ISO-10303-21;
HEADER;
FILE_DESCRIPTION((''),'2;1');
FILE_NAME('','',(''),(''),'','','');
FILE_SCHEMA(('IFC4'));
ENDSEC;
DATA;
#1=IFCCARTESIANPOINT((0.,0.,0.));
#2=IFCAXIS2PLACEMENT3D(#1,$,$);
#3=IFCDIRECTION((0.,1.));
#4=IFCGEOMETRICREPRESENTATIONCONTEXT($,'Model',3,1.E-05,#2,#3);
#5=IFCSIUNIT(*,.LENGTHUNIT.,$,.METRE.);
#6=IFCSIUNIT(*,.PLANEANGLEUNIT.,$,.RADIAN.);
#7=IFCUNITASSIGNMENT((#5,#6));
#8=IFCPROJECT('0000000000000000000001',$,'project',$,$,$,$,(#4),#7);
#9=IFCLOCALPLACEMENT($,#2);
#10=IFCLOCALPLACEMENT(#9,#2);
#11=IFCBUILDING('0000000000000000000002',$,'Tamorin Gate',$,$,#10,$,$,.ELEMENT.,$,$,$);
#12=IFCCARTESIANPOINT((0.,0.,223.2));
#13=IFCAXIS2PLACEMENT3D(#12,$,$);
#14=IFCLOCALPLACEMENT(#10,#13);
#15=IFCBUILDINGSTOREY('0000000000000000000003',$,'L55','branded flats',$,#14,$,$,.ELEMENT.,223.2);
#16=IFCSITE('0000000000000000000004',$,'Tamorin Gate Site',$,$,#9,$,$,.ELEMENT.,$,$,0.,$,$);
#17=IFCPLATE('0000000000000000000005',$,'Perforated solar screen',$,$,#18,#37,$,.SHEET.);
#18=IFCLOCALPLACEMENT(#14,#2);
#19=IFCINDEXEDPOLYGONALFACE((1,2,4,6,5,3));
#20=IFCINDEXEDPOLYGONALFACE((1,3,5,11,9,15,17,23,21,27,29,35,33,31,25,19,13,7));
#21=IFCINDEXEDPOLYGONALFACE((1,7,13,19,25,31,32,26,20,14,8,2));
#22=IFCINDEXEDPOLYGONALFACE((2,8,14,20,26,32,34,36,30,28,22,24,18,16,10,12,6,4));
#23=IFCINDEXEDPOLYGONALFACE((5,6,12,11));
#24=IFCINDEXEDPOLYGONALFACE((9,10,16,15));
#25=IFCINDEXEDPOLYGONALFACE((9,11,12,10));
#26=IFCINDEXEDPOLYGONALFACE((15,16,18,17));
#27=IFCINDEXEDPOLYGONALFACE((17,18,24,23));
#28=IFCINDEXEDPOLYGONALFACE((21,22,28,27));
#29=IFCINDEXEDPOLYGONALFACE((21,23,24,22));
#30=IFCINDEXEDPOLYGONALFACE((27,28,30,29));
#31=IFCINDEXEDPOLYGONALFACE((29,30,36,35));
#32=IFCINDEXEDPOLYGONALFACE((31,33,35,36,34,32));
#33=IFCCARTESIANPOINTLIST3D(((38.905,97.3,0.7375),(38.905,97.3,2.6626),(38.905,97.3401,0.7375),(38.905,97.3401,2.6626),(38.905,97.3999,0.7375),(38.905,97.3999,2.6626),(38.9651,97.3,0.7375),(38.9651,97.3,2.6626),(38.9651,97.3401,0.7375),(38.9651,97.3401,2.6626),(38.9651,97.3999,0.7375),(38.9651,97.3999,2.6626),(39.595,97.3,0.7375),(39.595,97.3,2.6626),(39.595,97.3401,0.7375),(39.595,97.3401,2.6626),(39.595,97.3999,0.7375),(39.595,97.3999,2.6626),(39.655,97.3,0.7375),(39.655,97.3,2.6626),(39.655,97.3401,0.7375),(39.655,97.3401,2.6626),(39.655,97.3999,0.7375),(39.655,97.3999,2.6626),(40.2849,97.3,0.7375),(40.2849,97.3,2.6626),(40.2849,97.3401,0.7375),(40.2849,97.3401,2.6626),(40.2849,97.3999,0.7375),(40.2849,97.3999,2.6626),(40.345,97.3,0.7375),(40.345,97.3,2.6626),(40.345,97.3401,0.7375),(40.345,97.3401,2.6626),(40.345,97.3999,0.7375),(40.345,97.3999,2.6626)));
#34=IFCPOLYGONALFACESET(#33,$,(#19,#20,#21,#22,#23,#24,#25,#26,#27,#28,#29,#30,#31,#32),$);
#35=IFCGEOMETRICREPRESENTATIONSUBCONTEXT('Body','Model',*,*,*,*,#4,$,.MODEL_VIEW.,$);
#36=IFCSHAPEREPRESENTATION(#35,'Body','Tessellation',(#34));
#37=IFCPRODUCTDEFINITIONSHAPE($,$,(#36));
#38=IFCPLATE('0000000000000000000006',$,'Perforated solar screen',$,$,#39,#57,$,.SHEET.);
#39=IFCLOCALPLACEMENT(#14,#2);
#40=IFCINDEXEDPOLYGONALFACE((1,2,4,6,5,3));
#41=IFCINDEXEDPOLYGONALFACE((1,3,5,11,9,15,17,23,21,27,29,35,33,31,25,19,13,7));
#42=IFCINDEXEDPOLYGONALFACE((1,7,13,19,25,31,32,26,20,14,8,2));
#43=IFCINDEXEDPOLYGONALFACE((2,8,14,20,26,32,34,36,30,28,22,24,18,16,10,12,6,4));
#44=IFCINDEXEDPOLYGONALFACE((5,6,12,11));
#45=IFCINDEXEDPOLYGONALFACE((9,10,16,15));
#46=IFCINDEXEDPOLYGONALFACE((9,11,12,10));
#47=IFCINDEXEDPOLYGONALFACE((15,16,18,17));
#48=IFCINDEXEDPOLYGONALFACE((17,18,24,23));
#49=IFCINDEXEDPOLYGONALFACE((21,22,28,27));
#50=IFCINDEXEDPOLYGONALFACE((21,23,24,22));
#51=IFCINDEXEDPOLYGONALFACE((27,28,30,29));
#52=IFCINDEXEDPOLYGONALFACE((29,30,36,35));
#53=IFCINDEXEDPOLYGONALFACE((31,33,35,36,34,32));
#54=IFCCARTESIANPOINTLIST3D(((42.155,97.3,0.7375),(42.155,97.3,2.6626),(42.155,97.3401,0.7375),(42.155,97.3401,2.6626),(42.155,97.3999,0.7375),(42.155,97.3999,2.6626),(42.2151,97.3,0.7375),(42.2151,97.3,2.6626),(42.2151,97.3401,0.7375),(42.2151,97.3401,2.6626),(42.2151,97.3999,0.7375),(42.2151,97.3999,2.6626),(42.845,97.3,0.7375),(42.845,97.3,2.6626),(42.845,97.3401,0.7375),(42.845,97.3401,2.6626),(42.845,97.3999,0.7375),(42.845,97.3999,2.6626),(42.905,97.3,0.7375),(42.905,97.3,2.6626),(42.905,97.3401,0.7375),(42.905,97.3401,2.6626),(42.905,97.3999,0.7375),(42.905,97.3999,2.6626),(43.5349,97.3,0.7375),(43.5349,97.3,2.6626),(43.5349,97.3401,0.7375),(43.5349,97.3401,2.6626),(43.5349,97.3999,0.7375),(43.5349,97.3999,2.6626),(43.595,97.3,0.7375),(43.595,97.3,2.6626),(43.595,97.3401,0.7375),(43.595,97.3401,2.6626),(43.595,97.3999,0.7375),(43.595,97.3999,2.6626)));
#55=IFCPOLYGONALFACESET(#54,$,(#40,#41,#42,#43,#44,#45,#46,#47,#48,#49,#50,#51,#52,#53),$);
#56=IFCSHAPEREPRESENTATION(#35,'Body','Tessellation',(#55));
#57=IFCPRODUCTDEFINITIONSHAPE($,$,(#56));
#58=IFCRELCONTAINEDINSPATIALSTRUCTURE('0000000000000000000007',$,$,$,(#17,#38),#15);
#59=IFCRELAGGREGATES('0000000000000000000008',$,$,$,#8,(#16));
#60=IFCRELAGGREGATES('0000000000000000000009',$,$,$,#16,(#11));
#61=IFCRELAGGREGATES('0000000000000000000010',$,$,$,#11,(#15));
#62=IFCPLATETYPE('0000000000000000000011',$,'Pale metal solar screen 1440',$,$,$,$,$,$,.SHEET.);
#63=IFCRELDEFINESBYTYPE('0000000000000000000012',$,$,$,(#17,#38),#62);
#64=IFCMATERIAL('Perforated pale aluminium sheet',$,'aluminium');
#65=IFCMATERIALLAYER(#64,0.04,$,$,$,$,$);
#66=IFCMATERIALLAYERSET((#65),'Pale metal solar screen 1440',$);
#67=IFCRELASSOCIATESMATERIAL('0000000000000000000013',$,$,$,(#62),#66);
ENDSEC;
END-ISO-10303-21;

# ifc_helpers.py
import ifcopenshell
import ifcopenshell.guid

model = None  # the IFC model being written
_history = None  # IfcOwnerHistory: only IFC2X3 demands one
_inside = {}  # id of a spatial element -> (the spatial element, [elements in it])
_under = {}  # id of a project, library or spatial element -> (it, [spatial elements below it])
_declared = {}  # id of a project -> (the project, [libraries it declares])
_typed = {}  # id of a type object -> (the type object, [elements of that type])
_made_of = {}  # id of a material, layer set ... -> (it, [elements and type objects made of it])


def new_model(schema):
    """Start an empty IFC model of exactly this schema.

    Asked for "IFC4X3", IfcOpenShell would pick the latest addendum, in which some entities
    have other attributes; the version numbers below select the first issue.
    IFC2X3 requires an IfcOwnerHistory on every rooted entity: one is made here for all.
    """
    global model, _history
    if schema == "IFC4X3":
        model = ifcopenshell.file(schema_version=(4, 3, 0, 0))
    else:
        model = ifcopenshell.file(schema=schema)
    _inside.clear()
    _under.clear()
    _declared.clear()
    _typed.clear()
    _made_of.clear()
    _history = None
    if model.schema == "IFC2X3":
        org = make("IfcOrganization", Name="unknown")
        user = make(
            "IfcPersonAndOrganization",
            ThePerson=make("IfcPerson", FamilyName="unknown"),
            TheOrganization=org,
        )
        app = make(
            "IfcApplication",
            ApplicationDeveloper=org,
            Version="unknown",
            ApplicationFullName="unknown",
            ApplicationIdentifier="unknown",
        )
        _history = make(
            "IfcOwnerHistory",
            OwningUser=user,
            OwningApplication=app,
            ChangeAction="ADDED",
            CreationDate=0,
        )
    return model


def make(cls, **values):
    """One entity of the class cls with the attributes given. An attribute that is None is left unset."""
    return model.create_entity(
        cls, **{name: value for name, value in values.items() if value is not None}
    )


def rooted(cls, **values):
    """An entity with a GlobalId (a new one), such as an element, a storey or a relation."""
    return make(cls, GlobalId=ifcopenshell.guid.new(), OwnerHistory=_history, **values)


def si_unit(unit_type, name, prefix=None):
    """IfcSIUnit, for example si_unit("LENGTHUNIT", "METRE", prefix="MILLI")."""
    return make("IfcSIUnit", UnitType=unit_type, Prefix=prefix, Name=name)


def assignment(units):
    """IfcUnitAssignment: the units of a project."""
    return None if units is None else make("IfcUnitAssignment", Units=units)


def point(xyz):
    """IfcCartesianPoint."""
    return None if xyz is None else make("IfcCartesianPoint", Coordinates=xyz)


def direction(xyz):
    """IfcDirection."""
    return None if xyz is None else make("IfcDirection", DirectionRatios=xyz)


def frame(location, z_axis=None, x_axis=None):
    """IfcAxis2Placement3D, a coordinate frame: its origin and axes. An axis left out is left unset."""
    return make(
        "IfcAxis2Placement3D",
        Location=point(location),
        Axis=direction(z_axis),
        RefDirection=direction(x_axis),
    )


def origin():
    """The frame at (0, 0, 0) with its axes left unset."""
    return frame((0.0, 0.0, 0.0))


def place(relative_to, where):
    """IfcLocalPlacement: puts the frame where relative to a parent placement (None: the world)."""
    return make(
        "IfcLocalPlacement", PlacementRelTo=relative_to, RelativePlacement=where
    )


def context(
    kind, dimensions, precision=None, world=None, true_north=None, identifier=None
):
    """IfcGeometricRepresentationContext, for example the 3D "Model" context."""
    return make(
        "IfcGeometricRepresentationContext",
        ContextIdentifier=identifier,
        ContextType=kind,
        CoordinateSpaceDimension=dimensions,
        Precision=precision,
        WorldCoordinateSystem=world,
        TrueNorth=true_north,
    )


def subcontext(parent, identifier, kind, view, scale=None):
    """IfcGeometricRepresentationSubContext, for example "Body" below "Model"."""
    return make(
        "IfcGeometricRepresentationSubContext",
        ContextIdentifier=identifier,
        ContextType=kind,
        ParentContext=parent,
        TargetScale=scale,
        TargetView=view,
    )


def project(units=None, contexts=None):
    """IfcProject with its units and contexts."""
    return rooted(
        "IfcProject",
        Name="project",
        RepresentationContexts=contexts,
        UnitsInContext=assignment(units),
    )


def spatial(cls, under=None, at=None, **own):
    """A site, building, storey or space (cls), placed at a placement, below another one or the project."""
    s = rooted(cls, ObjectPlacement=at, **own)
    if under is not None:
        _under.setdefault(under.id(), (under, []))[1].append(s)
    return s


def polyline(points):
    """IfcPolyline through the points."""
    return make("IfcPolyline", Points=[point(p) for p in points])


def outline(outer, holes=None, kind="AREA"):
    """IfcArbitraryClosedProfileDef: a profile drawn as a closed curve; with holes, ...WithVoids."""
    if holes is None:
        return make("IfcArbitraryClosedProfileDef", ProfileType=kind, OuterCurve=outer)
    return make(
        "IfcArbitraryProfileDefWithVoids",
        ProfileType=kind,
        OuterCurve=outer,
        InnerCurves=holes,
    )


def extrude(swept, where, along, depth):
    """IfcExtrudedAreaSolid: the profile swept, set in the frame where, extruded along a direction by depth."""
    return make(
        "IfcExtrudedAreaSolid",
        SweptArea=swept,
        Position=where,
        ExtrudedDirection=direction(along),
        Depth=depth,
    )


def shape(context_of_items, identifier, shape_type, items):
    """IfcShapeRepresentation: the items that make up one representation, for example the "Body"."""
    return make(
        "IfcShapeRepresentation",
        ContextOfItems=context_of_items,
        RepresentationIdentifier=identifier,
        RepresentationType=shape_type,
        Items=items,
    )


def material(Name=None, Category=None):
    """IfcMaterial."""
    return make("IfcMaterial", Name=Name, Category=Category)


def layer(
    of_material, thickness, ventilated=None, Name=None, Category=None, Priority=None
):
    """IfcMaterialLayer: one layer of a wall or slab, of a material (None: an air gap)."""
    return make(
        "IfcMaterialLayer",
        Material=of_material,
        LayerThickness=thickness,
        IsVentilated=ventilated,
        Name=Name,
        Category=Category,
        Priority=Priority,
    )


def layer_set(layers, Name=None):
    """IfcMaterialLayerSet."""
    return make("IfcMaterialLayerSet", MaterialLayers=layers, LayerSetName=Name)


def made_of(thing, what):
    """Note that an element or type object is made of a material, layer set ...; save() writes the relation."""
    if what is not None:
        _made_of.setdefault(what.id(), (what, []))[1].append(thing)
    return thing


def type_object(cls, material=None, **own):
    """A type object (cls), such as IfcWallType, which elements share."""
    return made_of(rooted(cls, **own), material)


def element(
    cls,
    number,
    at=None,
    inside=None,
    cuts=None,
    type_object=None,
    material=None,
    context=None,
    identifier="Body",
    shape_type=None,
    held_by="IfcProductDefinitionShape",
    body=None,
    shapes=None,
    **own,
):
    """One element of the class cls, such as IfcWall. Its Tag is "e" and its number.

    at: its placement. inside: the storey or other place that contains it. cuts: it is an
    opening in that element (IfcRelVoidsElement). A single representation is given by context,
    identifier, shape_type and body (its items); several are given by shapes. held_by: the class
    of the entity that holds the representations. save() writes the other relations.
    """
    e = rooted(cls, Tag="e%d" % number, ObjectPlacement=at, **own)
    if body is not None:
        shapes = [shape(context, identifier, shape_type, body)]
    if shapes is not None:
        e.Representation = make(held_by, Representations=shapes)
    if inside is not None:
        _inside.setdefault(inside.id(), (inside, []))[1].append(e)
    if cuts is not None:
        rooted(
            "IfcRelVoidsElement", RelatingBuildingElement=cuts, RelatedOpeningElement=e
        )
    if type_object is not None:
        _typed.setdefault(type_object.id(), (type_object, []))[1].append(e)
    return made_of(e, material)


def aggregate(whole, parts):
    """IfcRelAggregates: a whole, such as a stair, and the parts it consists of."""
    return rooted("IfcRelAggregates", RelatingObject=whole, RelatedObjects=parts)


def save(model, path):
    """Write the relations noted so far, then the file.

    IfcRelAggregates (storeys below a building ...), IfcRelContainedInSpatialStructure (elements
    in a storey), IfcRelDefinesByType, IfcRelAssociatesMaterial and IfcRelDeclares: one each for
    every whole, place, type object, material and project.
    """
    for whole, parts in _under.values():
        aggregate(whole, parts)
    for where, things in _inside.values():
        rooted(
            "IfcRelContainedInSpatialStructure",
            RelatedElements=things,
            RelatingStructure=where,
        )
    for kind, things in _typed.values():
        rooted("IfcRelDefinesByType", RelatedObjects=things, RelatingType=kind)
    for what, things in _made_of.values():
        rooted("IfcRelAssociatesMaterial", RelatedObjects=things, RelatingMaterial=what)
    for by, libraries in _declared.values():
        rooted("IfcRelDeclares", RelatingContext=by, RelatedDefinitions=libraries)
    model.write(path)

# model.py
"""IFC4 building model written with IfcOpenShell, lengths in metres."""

from ifc_helpers import new_model, si_unit, direction, frame, origin, place, context, subcontext, project, spatial, polyline, outline, extrude, material, layer, layer_set, type_object, element, save


model = new_model("IFC4")

# Units and contexts
model_context = context("Model", 3, precision=1e-05, world=origin(), true_north=direction((0.0, 1.0)))
body_context = subcontext(model_context, "Body", "Model", "MODEL_VIEW")
ifc_project = project(units=[si_unit("LENGTHUNIT", "METRE"), si_unit("PLANEANGLEUNIT", "RADIAN")], contexts=[model_context])

# Site, building, storey
site_placement = place(None, origin())
site = spatial("IfcSite", under=ifc_project, at=site_placement, Name="Tamorin Gate Site", CompositionType="ELEMENT", RefElevation=0.0)
building_placement = place(site_placement, origin())
building = spatial("IfcBuilding", under=site, at=building_placement, Name="Tamorin Gate", CompositionType="ELEMENT")
storey_placement = place(building_placement, frame((0.0, 0.0, 223.2)))
storey = spatial("IfcBuildingStorey", under=building, at=storey_placement, Name="L55", Description="branded flats", CompositionType="ELEMENT", Elevation=223.2)

# Plates
ifc_material_1 = material(Name="Perforated pale aluminium sheet", Category="aluminium")
ifc_layer_1 = layer(ifc_material_1, 0.04)
ifc_layer_set_1 = layer_set([ifc_layer_1], Name="Pale metal solar screen 1440")
plate_type = type_object("IfcPlateType", Name="Pale metal solar screen 1440", PredefinedType="SHEET", material=ifc_layer_set_1)
plate_1_placement = place(storey_placement, frame((0.0, 0.0, 0.7375)))
element("IfcPlate", 1, at=plate_1_placement, inside=storey, type_object=plate_type, Name="Perforated solar screen", PredefinedType="SHEET", context=body_context, shape_type="SweptSolid", body=[
    extrude(outline(polyline([(40.345, 97.3401), (40.345, 97.3), (40.2849, 97.3), (39.655, 97.3), (39.595, 97.3), (38.9651, 97.3), (38.905, 97.3), (38.905, 97.3401), (38.905, 97.3999), (38.9651, 97.3999), (38.9651, 97.3401), (39.595, 97.3401), (39.595, 97.3999), (39.655, 97.3999), (39.655, 97.3401), (40.2849, 97.3401), (40.2849, 97.3999), (40.345, 97.3999), (40.345, 97.3401)])), origin(), (0.0, 0.0, 1.0), 1.925),
])
plate_2_placement = place(storey_placement, frame((0.0, 0.0, 0.7375)))
element("IfcPlate", 2, at=plate_2_placement, inside=storey, type_object=plate_type, Name="Perforated solar screen", PredefinedType="SHEET", context=body_context, shape_type="SweptSolid", body=[
    extrude(outline(polyline([(43.595, 97.3401), (43.595, 97.3), (43.5349, 97.3), (42.905, 97.3), (42.845, 97.3), (42.2151, 97.3), (42.155, 97.3), (42.155, 97.3401), (42.155, 97.3999), (42.2151, 97.3999), (42.2151, 97.3401), (42.845, 97.3401), (42.845, 97.3999), (42.905, 97.3999), (42.905, 97.3401), (43.5349, 97.3401), (43.5349, 97.3999), (43.595, 97.3999), (43.595, 97.3401)])), origin(), (0.0, 0.0, 1.0), 1.925),
])

save(model, "model.ifc")
